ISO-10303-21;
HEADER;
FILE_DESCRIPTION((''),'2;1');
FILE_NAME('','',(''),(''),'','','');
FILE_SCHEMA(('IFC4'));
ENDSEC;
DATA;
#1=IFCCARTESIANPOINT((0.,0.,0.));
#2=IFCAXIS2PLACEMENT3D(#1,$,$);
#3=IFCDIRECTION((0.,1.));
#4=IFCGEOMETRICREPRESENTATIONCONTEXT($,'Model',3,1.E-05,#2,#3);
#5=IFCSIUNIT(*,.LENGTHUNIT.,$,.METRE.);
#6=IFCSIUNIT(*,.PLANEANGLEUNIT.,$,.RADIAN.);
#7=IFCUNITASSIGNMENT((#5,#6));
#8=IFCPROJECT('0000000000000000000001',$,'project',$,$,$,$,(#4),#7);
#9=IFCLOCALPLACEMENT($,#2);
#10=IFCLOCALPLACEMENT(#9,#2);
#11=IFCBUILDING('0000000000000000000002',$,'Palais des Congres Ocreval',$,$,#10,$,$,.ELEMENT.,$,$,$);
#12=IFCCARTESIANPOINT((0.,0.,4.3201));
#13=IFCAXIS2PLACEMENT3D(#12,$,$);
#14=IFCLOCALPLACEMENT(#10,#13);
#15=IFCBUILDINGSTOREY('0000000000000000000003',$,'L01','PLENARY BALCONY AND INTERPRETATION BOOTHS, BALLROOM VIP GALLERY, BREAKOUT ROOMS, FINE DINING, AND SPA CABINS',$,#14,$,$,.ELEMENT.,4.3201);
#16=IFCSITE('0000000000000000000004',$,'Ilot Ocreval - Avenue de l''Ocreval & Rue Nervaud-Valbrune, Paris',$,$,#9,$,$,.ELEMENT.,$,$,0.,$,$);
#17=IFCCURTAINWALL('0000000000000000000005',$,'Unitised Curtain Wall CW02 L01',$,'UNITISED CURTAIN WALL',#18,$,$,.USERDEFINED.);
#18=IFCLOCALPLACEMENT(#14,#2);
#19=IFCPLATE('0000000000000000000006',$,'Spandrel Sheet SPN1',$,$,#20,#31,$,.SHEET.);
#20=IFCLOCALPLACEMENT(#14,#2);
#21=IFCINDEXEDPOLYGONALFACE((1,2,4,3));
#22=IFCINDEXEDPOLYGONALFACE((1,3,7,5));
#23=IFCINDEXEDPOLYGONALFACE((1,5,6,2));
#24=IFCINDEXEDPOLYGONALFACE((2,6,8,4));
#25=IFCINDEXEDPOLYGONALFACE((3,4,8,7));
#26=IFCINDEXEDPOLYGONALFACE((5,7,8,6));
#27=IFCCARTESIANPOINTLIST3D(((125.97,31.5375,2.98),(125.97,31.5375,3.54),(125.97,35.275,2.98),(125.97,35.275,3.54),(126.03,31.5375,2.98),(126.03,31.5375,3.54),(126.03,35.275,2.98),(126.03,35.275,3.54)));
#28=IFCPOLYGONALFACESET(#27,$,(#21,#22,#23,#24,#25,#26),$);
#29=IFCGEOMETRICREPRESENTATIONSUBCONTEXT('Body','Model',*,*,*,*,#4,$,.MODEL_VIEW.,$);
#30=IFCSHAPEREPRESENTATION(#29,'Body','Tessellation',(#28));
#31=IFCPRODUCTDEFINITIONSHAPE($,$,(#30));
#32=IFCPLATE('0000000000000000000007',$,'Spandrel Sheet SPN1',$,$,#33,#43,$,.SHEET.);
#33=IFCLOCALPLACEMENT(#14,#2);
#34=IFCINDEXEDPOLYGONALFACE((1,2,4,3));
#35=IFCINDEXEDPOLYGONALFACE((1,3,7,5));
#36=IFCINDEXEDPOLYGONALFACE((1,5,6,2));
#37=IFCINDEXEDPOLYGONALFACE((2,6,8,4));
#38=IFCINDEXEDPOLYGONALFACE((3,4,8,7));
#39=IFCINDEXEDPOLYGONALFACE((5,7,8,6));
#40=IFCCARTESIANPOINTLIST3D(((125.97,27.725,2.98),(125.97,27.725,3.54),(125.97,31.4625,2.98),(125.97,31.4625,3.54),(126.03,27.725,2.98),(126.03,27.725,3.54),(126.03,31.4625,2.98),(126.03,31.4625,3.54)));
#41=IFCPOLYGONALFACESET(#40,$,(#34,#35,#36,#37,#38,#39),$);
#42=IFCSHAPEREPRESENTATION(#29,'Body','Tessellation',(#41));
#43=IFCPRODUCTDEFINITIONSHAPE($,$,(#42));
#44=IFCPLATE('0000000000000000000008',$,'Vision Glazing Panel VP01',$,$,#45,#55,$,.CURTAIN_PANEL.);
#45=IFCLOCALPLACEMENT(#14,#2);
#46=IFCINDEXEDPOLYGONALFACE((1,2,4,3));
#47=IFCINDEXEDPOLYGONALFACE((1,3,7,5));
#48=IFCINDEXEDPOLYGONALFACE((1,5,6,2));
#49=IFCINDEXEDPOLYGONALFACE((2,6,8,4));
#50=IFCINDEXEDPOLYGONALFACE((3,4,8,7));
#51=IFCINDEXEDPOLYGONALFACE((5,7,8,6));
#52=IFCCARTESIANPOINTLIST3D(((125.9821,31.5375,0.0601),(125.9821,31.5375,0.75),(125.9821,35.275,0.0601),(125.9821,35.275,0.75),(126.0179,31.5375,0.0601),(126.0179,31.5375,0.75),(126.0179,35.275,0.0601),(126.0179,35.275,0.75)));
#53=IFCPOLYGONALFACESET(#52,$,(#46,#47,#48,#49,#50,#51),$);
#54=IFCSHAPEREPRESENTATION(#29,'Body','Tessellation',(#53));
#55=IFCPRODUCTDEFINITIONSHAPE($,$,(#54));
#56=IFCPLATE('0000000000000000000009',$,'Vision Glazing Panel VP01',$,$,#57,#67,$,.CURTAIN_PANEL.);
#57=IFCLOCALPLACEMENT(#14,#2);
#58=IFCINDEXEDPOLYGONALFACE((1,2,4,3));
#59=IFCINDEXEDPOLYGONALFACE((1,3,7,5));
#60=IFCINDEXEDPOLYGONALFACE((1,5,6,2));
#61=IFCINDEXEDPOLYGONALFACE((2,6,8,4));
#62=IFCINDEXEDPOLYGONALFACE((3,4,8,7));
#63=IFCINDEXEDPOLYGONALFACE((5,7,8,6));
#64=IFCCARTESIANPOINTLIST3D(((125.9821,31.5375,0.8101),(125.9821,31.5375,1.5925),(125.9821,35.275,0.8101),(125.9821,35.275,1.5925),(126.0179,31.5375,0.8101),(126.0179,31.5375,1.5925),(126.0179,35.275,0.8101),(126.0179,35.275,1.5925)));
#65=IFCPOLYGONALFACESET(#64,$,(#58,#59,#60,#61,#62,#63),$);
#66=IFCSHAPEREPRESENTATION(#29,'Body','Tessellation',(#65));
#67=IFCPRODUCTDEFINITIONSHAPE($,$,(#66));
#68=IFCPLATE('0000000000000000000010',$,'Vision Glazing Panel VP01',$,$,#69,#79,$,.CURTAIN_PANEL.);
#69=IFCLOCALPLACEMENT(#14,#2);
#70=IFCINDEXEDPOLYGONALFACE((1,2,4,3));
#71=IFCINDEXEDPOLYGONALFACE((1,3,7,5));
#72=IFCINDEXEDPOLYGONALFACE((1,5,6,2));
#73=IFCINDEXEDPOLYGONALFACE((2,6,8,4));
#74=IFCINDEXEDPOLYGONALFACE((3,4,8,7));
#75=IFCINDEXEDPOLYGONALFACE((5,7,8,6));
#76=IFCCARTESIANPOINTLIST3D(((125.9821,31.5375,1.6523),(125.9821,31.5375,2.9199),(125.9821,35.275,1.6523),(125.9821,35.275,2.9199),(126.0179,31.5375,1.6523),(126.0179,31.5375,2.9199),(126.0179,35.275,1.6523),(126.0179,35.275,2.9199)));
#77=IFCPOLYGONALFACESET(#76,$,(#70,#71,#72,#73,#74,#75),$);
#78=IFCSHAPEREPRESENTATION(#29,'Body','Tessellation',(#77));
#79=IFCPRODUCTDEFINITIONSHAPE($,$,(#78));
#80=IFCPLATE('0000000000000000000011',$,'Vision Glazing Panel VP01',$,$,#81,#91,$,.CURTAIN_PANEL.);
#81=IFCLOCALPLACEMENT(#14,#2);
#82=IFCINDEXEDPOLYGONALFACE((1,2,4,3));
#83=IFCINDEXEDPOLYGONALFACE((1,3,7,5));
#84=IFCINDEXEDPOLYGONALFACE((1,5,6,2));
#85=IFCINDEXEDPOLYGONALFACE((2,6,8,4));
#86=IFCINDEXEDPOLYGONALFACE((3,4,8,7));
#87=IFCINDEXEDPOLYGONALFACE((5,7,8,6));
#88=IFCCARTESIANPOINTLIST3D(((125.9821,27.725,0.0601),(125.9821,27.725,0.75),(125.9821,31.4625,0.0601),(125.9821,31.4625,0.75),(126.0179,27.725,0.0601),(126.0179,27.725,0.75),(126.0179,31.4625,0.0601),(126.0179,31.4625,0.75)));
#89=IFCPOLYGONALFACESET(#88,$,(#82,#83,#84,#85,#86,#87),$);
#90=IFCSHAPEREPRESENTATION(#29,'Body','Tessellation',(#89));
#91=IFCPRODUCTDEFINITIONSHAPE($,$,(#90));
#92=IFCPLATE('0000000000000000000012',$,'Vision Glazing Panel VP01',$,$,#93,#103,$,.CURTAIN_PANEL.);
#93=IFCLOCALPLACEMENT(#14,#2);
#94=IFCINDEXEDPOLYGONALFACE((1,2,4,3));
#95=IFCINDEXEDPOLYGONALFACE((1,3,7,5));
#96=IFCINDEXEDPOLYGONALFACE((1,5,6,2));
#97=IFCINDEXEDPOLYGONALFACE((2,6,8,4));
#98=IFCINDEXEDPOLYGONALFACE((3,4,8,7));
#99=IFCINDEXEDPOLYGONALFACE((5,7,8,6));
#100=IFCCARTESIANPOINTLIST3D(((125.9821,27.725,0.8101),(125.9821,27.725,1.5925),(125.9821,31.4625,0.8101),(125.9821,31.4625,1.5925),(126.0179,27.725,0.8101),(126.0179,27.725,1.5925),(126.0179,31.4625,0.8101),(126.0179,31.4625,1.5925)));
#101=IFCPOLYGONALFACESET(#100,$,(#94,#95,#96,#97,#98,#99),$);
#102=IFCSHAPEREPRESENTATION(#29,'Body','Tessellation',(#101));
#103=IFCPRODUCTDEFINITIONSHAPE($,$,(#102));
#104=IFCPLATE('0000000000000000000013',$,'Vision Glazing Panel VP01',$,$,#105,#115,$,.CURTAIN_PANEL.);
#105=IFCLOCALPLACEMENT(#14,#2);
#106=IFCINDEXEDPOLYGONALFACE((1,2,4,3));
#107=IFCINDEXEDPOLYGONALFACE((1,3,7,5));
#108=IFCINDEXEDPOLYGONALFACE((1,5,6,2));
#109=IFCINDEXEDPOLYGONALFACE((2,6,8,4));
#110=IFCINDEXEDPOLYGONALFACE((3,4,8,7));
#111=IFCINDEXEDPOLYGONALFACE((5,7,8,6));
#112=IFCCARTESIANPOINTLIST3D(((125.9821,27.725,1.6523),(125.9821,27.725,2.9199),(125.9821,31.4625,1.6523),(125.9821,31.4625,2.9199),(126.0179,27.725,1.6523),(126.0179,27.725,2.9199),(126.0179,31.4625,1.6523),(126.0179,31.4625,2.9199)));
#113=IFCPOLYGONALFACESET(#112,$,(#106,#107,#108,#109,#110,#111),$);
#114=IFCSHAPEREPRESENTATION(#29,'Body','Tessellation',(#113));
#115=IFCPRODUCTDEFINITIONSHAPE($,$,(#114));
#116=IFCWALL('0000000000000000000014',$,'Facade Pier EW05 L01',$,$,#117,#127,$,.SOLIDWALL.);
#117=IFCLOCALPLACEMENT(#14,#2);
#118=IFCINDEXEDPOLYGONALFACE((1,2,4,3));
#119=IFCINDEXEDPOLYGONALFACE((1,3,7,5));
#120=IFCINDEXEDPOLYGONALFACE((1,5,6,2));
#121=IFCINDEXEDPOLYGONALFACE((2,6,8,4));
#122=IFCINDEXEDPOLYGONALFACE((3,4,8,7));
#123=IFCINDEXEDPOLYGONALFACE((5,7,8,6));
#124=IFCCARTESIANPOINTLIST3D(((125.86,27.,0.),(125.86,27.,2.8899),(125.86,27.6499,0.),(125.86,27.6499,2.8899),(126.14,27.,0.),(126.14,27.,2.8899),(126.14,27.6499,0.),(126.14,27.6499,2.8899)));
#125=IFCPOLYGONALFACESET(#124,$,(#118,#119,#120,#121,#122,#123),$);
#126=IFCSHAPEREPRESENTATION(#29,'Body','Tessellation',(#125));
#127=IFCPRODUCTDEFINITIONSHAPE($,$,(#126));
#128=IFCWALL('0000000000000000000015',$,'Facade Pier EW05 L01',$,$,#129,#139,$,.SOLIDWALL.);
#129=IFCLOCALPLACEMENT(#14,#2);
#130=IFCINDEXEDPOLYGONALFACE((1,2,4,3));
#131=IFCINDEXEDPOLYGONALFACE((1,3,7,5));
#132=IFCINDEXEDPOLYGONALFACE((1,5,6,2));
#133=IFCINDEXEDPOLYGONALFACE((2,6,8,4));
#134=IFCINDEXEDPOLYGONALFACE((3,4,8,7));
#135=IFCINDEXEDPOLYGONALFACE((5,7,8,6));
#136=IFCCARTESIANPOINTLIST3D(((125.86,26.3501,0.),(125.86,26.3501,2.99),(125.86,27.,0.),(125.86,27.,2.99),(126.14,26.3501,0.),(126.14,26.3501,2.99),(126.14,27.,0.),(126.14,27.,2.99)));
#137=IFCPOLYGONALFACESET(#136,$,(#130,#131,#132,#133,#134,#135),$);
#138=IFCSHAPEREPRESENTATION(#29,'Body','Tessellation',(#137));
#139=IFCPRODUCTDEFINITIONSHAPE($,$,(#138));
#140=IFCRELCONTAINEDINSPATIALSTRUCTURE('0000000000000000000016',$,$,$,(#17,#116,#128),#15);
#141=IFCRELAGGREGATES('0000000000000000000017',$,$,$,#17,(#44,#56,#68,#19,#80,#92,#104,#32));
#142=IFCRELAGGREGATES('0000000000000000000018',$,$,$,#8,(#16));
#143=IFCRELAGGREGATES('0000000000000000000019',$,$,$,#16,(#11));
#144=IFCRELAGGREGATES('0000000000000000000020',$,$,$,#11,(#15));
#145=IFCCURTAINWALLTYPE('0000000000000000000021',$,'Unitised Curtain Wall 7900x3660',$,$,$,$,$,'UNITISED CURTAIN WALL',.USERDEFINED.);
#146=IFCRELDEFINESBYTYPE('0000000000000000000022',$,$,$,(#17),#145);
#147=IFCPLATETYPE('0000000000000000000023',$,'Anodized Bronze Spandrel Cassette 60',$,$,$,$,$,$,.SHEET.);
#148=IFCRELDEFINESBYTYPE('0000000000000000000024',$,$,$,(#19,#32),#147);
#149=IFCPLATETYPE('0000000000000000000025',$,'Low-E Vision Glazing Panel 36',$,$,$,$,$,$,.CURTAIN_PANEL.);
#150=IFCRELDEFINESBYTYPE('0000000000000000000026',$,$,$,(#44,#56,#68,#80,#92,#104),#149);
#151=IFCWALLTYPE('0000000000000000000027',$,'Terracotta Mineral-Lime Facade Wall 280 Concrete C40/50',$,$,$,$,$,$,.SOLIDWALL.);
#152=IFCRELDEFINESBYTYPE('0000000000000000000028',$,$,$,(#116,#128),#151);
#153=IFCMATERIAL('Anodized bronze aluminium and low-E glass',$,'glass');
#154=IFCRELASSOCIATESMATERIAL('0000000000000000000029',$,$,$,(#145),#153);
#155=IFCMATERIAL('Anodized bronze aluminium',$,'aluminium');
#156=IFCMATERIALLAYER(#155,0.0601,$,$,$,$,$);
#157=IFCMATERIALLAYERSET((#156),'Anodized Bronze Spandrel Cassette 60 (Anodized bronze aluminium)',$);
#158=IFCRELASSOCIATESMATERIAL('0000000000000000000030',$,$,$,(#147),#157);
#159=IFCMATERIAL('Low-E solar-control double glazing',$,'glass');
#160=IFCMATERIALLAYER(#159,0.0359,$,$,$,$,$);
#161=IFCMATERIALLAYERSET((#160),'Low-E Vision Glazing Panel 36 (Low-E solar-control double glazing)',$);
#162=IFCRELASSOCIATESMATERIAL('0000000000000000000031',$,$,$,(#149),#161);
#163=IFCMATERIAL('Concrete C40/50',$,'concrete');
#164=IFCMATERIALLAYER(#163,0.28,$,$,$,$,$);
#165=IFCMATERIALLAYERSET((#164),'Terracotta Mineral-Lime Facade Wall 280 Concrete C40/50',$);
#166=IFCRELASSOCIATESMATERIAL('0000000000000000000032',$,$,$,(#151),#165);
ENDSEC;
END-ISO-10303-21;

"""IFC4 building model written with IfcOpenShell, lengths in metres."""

from ifc_helpers import new_model, si_unit, direction, frame, frame_2d, origin, origin_2d, place, context, subcontext, project, spatial, rectangle, extrude, material, layer, layer_set, type_object, element, aggregate, save


model = new_model("IFC4")

# Units and contexts
model_context = context("Model", 3, precision=1e-05, world=origin(), true_north=direction((0.0, 1.0)))
body_context = subcontext(model_context, "Body", "Model", "MODEL_VIEW")
ifc_project = project(units=[si_unit("LENGTHUNIT", "METRE"), si_unit("PLANEANGLEUNIT", "RADIAN")], contexts=[model_context])

# Site, building, storey
site_placement = place(None, origin())
site = spatial("IfcSite", under=ifc_project, at=site_placement, Name="Ilot Ocreval - Avenue de l'Ocreval & Rue Nervaud-Valbrune, Paris", CompositionType="ELEMENT", RefElevation=0.0)
building_placement = place(site_placement, origin())
building = spatial("IfcBuilding", under=site, at=building_placement, Name="Palais des Congres Ocreval", CompositionType="ELEMENT")
storey_placement = place(building_placement, frame((0.0, 0.0, 4.3201)))
storey = spatial("IfcBuildingStorey", under=building, at=storey_placement, Name="L01", Description="PLENARY BALCONY AND INTERPRETATION BOOTHS, BALLROOM VIP GALLERY, BREAKOUT ROOMS, FINE DINING, AND SPA CABINS", CompositionType="ELEMENT", Elevation=4.3201)

# Curtain wall
ifc_material_1 = material(Name="Anodized bronze aluminium and low-E glass", Category="glass")
curtain_wall_type = type_object("IfcCurtainWallType", Name="Unitised Curtain Wall 7900x3660", ElementType="UNITISED CURTAIN WALL", PredefinedType="USERDEFINED", material=ifc_material_1)
curtain_wall_placement = place(storey_placement, origin())
curtain_wall = element("IfcCurtainWall", 1, at=curtain_wall_placement, inside=storey, type_object=curtain_wall_type, Name="Unitised Curtain Wall CW02 L01", ObjectType="UNITISED CURTAIN WALL", PredefinedType="USERDEFINED")
ifc_material_2 = material(Name="Anodized bronze aluminium", Category="aluminium")

# Plates
ifc_layer_1 = layer(ifc_material_2, 0.0601)
ifc_layer_set_1 = layer_set([ifc_layer_1], Name="Anodized Bronze Spandrel Cassette 60 (Anodized bronze aluminium)")
plate_type_1 = type_object("IfcPlateType", Name="Anodized Bronze Spandrel Cassette 60", PredefinedType="SHEET", material=ifc_layer_set_1)
plate_1_placement = place(storey_placement, frame((126.0, 33.4062, 2.98), z_axis=(0.0, 0.0, 1.0), x_axis=(0.0, -1.0, 0.0)))
plate_1 = element("IfcPlate", 2, at=plate_1_placement, type_object=plate_type_1, Name="Spandrel Sheet SPN1", PredefinedType="SHEET", context=body_context, shape_type="SweptSolid", body=[
    extrude(rectangle(XDim=3.7375, YDim=0.0601, at=origin_2d()), origin(), (0.0, 0.0, 1.0), 0.5601),
])
plate_2_placement = place(storey_placement, frame((126.0, 29.5938, 2.98), z_axis=(0.0, 0.0, 1.0), x_axis=(0.0, -1.0, 0.0)))
plate_2 = element("IfcPlate", 3, at=plate_2_placement, type_object=plate_type_1, Name="Spandrel Sheet SPN1", PredefinedType="SHEET", context=body_context, shape_type="SweptSolid", body=[
    extrude(rectangle(XDim=3.7375, YDim=0.0601, at=origin_2d()), origin(), (0.0, 0.0, 1.0), 0.5601),
])
ifc_material_3 = material(Name="Low-E solar-control double glazing", Category="glass")
ifc_layer_2 = layer(ifc_material_3, 0.0359)
ifc_layer_set_2 = layer_set([ifc_layer_2], Name="Low-E Vision Glazing Panel 36 (Low-E solar-control double glazing)")
plate_type_2 = type_object("IfcPlateType", Name="Low-E Vision Glazing Panel 36", PredefinedType="CURTAIN_PANEL", material=ifc_layer_set_2)
plate_3_placement = place(storey_placement, frame((126.0, 33.4062, 0.0601), z_axis=(0.0, 0.0, 1.0), x_axis=(0.0, -1.0, 0.0)))
plate_3 = element("IfcPlate", 4, at=plate_3_placement, type_object=plate_type_2, Name="Vision Glazing Panel VP01", PredefinedType="CURTAIN_PANEL", context=body_context, shape_type="SweptSolid", body=[
    extrude(rectangle(XDim=3.7375, YDim=0.0359, at=origin_2d()), origin(), (0.0, 0.0, 1.0), 0.6899),
])
plate_4_placement = place(storey_placement, frame((126.0, 33.4062, 0.8101), z_axis=(0.0, 0.0, 1.0), x_axis=(0.0, -1.0, 0.0)))
plate_4 = element("IfcPlate", 5, at=plate_4_placement, type_object=plate_type_2, Name="Vision Glazing Panel VP01", PredefinedType="CURTAIN_PANEL", context=body_context, shape_type="SweptSolid", body=[
    extrude(rectangle(XDim=3.7375, YDim=0.0359, at=origin_2d()), origin(), (0.0, 0.0, 1.0), 0.7825),
])
plate_5_placement = place(storey_placement, frame((126.0, 33.4062, 1.6523), z_axis=(0.0, 0.0, 1.0), x_axis=(0.0, -1.0, 0.0)))
plate_5 = element("IfcPlate", 6, at=plate_5_placement, type_object=plate_type_2, Name="Vision Glazing Panel VP01", PredefinedType="CURTAIN_PANEL", context=body_context, shape_type="SweptSolid", body=[
    extrude(rectangle(XDim=3.7375, YDim=0.0359, at=origin_2d()), origin(), (0.0, 0.0, 1.0), 1.2676),
])
plate_6_placement = place(storey_placement, frame((126.0, 29.5938, 0.0601), z_axis=(0.0, 0.0, 1.0), x_axis=(0.0, -1.0, 0.0)))
plate_6 = element("IfcPlate", 7, at=plate_6_placement, type_object=plate_type_2, Name="Vision Glazing Panel VP01", PredefinedType="CURTAIN_PANEL", context=body_context, shape_type="SweptSolid", body=[
    extrude(rectangle(XDim=3.7375, YDim=0.0359, at=origin_2d()), origin(), (0.0, 0.0, 1.0), 0.6899),
])
plate_7_placement = place(storey_placement, frame((126.0, 29.5938, 0.8101), z_axis=(0.0, 0.0, 1.0), x_axis=(0.0, -1.0, 0.0)))
plate_7 = element("IfcPlate", 8, at=plate_7_placement, type_object=plate_type_2, Name="Vision Glazing Panel VP01", PredefinedType="CURTAIN_PANEL", context=body_context, shape_type="SweptSolid", body=[
    extrude(rectangle(XDim=3.7375, YDim=0.0359, at=origin_2d()), origin(), (0.0, 0.0, 1.0), 0.7825),
])
plate_8_placement = place(storey_placement, frame((126.0, 29.5938, 1.6523), z_axis=(0.0, 0.0, 1.0), x_axis=(0.0, -1.0, 0.0)))
plate_8 = element("IfcPlate", 9, at=plate_8_placement, type_object=plate_type_2, Name="Vision Glazing Panel VP01", PredefinedType="CURTAIN_PANEL", context=body_context, shape_type="SweptSolid", body=[
    extrude(rectangle(XDim=3.7375, YDim=0.0359, at=origin_2d()), origin(), (0.0, 0.0, 1.0), 1.2676),
])
aggregate(curtain_wall, [plate_3, plate_4, plate_5, plate_1, plate_6, plate_7, plate_8, plate_2])

# Walls
ifc_material_4 = material(Name="Concrete C40/50", Category="concrete")
ifc_layer_3 = layer(ifc_material_4, 0.28)
ifc_layer_set_3 = layer_set([ifc_layer_3], Name="Terracotta Mineral-Lime Facade Wall 280 Concrete C40/50")
wall_type = type_object("IfcWallType", Name="Terracotta Mineral-Lime Facade Wall 280 Concrete C40/50", PredefinedType="SOLIDWALL", material=ifc_layer_set_3)
wall_1_placement = place(storey_placement, frame((126.0, 27.6499, 0.0), z_axis=(0.0, 0.0, 1.0), x_axis=(0.0, -1.0, 0.0)))
element("IfcWall", 10, at=wall_1_placement, inside=storey, type_object=wall_type, Name="Facade Pier EW05 L01", PredefinedType="SOLIDWALL", context=body_context, shape_type="SweptSolid", body=[
    extrude(rectangle(XDim=0.6499, YDim=0.28, at=frame_2d((0.325, 0.0))), origin(), (0.0, 0.0, 1.0), 2.8899),
])
wall_2_placement = place(storey_placement, frame((126.0, 27.0, 0.0), z_axis=(0.0, 0.0, 1.0), x_axis=(0.0, -1.0, 0.0)))
element("IfcWall", 11, at=wall_2_placement, inside=storey, type_object=wall_type, Name="Facade Pier EW05 L01", PredefinedType="SOLIDWALL", context=body_context, shape_type="SweptSolid", body=[
    extrude(rectangle(XDim=0.6499, YDim=0.28, at=frame_2d((0.325, 0.0))), origin(), (0.0, 0.0, 1.0), 2.99),
])

save(model, "model.ifc")
